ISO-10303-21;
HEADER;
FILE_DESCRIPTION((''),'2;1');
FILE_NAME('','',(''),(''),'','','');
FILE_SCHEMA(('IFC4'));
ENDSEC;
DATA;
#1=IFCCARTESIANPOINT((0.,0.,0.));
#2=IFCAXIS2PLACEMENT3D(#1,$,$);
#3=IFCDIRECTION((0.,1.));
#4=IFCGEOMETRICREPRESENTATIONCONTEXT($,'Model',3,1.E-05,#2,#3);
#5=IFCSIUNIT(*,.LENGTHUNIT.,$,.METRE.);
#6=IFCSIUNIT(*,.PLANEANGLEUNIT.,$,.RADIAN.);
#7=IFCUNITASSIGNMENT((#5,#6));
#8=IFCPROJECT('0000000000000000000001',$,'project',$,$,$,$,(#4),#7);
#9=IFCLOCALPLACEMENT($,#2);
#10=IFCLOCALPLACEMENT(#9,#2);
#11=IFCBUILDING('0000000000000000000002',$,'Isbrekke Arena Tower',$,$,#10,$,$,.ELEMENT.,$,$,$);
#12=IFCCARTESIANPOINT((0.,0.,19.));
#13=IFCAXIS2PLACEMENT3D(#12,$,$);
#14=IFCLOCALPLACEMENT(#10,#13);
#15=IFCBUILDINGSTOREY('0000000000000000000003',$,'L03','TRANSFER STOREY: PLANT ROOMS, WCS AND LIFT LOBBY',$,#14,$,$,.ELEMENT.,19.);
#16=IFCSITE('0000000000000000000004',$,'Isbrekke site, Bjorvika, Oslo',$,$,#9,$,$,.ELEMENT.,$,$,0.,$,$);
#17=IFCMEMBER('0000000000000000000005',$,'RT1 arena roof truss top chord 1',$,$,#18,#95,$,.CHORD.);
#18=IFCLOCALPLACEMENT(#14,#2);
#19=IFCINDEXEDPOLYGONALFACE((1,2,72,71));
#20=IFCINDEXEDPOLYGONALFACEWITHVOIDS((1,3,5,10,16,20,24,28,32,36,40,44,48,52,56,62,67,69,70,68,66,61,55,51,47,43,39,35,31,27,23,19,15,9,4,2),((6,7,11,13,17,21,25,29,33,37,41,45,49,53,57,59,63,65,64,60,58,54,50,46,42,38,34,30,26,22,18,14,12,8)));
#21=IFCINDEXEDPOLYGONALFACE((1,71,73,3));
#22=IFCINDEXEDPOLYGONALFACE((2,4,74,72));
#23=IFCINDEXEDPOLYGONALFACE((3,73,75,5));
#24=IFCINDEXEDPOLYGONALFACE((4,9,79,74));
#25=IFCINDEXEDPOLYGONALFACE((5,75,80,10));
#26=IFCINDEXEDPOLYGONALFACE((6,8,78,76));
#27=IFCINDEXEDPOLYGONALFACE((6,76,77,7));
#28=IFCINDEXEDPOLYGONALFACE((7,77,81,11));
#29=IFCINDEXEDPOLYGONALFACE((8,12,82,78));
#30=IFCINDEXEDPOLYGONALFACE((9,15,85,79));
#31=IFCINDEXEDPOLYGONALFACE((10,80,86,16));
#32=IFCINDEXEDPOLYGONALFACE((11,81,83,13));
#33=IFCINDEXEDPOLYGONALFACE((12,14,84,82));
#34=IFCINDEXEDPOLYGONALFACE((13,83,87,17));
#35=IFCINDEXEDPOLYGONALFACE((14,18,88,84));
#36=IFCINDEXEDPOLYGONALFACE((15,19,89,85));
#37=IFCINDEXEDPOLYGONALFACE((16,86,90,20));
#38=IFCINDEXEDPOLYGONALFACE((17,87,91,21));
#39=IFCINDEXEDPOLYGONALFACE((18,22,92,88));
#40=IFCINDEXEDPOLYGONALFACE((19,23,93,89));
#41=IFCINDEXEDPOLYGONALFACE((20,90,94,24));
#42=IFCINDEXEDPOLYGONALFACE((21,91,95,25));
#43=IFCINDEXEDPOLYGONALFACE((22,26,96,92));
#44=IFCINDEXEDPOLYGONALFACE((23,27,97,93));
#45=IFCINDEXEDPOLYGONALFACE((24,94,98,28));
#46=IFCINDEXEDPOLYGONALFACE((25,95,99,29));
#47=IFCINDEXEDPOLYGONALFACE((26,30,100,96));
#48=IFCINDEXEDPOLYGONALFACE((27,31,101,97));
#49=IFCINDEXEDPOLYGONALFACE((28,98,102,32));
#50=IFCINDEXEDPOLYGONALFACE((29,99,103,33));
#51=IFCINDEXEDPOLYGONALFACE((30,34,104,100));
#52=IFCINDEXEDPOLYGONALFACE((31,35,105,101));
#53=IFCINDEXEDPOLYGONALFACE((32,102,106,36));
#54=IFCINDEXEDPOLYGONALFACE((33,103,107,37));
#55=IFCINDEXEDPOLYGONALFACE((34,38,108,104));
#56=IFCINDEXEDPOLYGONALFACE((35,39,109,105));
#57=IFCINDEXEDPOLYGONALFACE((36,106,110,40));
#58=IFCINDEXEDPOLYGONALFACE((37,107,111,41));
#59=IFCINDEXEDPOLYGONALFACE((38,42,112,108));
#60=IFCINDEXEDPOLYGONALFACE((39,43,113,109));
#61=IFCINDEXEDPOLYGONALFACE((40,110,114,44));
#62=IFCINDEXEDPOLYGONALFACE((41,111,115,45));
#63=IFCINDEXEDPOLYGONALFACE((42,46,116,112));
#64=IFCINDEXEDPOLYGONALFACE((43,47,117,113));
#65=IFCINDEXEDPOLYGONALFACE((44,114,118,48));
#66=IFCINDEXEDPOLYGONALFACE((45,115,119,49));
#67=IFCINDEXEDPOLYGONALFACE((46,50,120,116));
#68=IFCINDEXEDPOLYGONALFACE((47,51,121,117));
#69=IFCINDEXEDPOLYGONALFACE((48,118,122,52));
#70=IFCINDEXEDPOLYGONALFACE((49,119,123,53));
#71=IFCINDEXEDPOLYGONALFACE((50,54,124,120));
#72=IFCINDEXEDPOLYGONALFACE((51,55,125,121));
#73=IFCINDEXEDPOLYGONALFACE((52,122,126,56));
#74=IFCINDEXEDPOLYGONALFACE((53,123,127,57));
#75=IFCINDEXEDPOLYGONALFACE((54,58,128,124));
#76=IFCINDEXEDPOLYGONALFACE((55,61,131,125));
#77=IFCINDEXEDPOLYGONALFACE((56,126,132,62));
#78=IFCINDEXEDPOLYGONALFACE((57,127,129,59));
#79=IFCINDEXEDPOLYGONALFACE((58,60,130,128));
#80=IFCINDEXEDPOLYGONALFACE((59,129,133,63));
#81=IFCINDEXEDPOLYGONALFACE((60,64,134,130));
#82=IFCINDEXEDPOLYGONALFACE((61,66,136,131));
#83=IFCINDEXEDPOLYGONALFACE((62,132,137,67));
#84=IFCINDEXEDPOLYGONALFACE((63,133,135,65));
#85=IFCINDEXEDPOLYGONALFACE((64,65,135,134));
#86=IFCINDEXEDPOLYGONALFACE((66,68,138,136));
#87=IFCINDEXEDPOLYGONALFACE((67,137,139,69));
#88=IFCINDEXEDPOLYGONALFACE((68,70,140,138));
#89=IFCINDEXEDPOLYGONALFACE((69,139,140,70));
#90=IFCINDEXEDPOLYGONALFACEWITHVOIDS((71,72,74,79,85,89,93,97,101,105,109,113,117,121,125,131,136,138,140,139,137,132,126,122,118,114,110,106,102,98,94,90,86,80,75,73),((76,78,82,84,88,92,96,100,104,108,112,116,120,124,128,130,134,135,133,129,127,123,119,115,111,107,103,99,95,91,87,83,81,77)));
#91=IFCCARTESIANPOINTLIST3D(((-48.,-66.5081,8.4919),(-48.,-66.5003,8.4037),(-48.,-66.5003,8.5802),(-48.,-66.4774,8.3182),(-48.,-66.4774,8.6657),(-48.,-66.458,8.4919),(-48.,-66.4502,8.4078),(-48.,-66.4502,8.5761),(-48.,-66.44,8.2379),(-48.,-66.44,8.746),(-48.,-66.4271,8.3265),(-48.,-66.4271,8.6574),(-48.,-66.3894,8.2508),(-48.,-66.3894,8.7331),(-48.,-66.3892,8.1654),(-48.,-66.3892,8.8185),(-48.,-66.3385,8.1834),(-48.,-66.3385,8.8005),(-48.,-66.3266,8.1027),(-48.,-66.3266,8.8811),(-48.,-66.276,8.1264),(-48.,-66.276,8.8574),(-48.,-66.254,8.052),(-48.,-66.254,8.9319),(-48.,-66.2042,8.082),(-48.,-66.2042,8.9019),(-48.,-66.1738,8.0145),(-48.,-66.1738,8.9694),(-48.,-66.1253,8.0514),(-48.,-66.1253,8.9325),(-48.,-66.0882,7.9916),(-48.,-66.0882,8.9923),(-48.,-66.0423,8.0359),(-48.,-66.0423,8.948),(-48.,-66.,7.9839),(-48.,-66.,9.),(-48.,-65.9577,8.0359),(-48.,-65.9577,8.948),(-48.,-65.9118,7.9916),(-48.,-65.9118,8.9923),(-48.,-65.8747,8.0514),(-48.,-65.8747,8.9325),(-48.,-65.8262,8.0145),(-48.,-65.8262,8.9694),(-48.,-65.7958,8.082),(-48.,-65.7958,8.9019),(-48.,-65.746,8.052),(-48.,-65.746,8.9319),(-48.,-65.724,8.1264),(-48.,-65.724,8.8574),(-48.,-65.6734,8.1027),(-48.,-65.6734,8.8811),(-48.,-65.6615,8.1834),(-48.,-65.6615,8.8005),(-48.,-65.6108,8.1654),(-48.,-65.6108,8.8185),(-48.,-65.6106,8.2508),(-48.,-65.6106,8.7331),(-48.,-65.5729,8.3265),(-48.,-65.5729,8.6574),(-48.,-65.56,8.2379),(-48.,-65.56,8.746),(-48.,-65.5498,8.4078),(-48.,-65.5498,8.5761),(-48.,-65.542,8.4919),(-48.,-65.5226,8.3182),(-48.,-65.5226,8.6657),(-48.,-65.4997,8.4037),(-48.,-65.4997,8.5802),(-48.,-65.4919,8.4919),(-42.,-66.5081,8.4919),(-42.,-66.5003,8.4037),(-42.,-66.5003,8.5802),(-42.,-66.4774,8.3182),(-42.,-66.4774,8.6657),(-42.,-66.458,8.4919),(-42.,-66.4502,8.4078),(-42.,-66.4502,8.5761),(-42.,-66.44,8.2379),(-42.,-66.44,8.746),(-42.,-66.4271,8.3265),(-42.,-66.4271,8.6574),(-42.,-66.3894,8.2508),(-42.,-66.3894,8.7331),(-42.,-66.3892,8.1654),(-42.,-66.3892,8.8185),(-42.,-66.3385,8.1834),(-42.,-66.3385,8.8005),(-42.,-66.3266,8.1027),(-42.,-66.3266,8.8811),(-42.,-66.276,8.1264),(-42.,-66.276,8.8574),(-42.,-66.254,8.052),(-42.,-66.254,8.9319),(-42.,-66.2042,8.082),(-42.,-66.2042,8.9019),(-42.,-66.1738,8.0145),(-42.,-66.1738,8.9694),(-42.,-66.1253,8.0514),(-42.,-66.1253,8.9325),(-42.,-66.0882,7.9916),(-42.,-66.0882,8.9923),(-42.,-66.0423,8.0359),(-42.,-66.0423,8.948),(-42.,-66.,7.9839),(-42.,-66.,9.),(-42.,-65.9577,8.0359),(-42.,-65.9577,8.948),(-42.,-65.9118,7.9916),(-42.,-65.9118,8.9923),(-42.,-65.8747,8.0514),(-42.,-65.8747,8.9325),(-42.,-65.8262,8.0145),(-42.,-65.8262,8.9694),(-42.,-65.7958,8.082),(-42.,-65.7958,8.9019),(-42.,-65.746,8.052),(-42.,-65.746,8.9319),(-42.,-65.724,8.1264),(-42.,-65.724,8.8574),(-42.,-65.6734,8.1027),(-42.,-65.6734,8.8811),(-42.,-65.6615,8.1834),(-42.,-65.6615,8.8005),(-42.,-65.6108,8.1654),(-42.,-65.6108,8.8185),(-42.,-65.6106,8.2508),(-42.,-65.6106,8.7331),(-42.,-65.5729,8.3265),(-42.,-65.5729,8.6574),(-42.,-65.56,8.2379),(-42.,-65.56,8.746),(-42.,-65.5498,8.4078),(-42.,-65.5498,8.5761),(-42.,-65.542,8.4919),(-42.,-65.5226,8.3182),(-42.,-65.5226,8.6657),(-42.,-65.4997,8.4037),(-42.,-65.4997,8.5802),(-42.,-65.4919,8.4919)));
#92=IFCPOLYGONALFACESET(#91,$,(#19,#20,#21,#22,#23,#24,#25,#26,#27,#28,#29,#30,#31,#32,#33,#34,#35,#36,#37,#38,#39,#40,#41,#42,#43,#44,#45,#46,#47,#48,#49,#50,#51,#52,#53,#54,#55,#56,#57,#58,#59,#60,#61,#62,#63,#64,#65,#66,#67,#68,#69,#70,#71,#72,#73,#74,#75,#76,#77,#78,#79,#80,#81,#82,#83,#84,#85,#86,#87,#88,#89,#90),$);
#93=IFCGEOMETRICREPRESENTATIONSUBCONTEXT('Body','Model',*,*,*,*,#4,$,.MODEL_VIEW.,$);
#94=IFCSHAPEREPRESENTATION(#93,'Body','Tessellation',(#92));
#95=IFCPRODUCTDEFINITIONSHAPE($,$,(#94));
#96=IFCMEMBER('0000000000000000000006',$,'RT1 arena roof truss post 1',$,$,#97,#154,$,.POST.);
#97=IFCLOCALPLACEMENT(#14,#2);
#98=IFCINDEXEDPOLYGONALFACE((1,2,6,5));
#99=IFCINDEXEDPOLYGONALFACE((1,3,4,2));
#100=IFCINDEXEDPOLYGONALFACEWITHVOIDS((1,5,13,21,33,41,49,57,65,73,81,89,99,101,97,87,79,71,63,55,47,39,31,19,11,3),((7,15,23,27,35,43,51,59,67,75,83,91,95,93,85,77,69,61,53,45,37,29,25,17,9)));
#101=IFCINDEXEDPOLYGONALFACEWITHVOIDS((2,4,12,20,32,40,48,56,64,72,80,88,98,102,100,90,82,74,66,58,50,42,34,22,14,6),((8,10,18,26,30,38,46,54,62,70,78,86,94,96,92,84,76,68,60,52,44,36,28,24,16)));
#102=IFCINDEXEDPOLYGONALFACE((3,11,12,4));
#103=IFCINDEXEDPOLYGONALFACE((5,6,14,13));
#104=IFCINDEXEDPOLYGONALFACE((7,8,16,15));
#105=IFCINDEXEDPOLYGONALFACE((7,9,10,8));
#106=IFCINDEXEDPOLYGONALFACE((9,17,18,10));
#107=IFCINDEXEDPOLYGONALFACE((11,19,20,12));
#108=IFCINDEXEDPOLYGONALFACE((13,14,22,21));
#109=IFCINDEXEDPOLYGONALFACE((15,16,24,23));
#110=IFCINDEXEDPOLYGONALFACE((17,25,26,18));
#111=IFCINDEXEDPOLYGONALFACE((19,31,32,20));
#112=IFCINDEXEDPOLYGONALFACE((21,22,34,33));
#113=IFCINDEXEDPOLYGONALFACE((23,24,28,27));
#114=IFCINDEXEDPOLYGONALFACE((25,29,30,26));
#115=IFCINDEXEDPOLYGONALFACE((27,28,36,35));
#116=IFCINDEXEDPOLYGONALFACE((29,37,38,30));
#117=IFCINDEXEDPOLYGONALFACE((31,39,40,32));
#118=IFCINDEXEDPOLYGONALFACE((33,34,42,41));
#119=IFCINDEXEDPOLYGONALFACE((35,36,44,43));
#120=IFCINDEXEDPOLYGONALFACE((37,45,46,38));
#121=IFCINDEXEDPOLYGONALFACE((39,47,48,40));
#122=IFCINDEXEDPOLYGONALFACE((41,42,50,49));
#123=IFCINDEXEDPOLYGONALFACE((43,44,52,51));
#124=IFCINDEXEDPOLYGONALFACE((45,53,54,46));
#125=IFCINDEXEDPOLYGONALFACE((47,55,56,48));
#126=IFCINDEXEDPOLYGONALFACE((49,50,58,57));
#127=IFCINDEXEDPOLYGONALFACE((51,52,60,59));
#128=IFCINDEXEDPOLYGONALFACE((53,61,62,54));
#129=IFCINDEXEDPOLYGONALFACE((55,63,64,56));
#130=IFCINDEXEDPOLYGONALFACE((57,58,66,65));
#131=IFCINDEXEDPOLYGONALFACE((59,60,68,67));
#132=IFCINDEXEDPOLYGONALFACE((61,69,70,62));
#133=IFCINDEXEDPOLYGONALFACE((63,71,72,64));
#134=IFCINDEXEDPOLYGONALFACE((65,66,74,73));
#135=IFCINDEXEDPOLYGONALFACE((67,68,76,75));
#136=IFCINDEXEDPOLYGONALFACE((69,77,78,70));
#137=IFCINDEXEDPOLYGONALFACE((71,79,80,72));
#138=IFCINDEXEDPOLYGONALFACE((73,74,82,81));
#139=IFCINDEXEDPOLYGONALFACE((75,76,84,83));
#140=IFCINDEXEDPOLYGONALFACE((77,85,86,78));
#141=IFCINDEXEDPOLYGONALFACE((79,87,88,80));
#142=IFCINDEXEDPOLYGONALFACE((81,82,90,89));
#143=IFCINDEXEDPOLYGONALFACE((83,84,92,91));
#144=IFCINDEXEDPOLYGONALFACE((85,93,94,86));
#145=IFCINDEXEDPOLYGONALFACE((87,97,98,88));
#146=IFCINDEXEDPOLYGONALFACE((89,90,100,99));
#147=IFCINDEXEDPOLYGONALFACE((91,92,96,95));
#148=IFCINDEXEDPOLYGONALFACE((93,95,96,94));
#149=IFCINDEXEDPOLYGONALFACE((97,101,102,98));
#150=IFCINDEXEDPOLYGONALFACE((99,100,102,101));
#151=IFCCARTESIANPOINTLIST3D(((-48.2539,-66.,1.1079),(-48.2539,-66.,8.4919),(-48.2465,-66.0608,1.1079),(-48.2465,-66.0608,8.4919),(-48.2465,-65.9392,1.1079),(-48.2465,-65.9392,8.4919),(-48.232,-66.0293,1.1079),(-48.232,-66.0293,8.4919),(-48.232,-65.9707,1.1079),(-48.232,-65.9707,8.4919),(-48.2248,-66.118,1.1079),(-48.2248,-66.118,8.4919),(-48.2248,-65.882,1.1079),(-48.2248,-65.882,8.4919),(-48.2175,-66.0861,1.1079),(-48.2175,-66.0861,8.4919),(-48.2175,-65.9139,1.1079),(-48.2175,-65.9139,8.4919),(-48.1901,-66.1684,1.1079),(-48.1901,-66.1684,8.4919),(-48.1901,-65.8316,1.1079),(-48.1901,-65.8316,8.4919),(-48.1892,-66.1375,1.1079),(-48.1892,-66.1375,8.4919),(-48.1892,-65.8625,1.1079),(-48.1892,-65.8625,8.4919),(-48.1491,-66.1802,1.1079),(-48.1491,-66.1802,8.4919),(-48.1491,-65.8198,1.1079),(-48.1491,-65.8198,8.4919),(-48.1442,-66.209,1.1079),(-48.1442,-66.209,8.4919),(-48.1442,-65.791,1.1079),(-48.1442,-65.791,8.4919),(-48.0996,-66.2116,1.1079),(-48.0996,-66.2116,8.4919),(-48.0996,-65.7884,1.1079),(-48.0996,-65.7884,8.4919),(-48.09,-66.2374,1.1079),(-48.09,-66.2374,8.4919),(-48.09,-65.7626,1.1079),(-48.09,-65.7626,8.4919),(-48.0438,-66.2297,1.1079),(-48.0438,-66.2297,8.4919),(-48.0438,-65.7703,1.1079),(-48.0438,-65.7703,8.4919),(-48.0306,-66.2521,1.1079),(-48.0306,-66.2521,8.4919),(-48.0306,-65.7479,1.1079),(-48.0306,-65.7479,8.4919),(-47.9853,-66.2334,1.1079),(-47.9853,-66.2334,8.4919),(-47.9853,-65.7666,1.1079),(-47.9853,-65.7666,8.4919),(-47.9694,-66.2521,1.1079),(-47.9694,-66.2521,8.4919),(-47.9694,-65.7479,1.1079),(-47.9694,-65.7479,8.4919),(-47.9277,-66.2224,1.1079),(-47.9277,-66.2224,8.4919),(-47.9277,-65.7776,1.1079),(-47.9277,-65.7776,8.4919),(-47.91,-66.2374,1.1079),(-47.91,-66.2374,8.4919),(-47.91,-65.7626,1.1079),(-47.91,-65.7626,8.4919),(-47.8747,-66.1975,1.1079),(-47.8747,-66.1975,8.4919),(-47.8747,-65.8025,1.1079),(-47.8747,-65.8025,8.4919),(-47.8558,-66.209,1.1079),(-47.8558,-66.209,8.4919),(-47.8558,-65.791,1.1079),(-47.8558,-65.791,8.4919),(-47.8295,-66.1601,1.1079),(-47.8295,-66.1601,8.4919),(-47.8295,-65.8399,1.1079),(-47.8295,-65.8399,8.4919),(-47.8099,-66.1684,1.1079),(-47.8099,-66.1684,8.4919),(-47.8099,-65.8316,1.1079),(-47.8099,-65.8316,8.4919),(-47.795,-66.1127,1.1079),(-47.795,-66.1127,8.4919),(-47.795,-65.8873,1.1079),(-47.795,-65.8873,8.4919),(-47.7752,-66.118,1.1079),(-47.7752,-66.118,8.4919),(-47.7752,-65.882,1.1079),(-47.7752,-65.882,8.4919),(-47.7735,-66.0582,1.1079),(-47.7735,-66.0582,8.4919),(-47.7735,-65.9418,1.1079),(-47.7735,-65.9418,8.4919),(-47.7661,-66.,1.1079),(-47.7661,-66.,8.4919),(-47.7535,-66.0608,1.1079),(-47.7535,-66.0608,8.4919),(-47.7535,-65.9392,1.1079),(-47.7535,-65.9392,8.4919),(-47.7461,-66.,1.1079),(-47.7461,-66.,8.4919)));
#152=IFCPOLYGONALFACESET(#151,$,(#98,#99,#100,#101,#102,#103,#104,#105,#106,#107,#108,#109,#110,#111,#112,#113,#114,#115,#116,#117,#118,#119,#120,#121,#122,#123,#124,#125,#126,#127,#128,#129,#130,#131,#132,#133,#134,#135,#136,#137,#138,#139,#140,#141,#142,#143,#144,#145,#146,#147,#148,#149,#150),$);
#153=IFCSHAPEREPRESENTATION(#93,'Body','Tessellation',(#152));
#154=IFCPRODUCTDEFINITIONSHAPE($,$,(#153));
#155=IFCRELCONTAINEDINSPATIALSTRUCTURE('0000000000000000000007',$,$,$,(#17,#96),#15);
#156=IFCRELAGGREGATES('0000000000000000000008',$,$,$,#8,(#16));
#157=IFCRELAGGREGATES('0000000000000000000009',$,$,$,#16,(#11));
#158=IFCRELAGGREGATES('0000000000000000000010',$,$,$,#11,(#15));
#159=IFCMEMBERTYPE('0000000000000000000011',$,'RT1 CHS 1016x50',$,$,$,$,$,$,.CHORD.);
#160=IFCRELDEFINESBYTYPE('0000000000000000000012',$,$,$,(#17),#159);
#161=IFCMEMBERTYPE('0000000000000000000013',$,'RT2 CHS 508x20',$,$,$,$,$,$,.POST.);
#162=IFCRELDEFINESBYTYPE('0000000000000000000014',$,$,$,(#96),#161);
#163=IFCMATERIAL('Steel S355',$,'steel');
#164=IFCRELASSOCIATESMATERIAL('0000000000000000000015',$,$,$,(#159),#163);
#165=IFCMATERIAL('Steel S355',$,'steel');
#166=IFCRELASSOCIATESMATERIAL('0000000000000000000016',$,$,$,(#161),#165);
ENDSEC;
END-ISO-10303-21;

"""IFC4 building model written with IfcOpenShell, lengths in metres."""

from ifc_helpers import new_model, si_unit, direction, frame, origin, origin_2d, place, context, subcontext, project, spatial, hollow_circle, extrude, material, material_profile, profile_set, type_object, element, save


model = new_model("IFC4")

# Units and contexts
model_context = context("Model", 3, precision=1e-05, world=origin(), true_north=direction((0.0, 1.0)))
body_context = subcontext(model_context, "Body", "Model", "MODEL_VIEW")
ifc_project = project(units=[si_unit("LENGTHUNIT", "METRE"), si_unit("PLANEANGLEUNIT", "RADIAN")], contexts=[model_context])

# Site, building, storey
site_placement = place(None, origin())
site = spatial("IfcSite", under=ifc_project, at=site_placement, Name="Isbrekke site, Bjorvika, Oslo", CompositionType="ELEMENT", RefElevation=0.0)
building_placement = place(site_placement, origin())
building = spatial("IfcBuilding", under=site, at=building_placement, Name="Isbrekke Arena Tower", CompositionType="ELEMENT")
storey_placement = place(building_placement, frame((0.0, 0.0, 19.0)))
storey = spatial("IfcBuildingStorey", under=building, at=storey_placement, Name="L03", Description="TRANSFER STOREY: PLANT ROOMS, WCS AND LIFT LOBBY", CompositionType="ELEMENT", Elevation=19.0)

# Members
ifc_material_1 = material(Name="Steel S355", Category="steel")
ifc_material_profile_1 = material_profile(ifc_material_1, hollow_circle(Radius=0.5081, WallThickness=0.05, at=origin_2d()), Name="CHS 1016x50")
ifc_profile_set_1 = profile_set([ifc_material_profile_1], Name="Steel S355")
member_type_1 = type_object("IfcMemberType", Name="RT1 CHS 1016x50", PredefinedType="CHORD", material=ifc_profile_set_1)
for number, where, z_axis, x_axis, name in (
    (1, (-48.0, -66.0, 8.4919), (1.0, 0.0, 0.0), (0.0, 1.0, 0.0), "RT1 arena roof truss top chord 1"),
):
    element("IfcMember", number, at=place(storey_placement, frame(where, z_axis=z_axis, x_axis=x_axis)), inside=storey, type_object=member_type_1, Name=name, PredefinedType="CHORD", context=body_context, shape_type="SweptSolid", body=[
        extrude(hollow_circle(Radius=0.5081, WallThickness=0.05, at=origin_2d()), origin(), (0.0, 0.0, 1.0), 6.0),
    ])
ifc_material_2 = material(Name="Steel S355", Category="steel")
ifc_material_profile_2 = material_profile(ifc_material_2, hollow_circle(Radius=0.2539, WallThickness=0.02, at=origin_2d()), Name="CHS 508x20")
ifc_profile_set_2 = profile_set([ifc_material_profile_2], Name="Steel S355")
member_type_2 = type_object("IfcMemberType", Name="RT2 CHS 508x20", PredefinedType="POST", material=ifc_profile_set_2)
member_1_placement = place(storey_placement, frame((-48.0, -66.0, 1.1079), z_axis=(0.0, 0.0, 1.0), x_axis=(1.0, 0.0, 0.0)))
element("IfcMember", 2, at=member_1_placement, inside=storey, type_object=member_type_2, Name="RT1 arena roof truss post 1", PredefinedType="POST", context=body_context, shape_type="SweptSolid", body=[
    extrude(hollow_circle(Radius=0.2539, WallThickness=0.02, at=origin_2d()), origin(), (0.0, 0.0, 1.0), 7.384),
])

save(model, "model.ifc")
